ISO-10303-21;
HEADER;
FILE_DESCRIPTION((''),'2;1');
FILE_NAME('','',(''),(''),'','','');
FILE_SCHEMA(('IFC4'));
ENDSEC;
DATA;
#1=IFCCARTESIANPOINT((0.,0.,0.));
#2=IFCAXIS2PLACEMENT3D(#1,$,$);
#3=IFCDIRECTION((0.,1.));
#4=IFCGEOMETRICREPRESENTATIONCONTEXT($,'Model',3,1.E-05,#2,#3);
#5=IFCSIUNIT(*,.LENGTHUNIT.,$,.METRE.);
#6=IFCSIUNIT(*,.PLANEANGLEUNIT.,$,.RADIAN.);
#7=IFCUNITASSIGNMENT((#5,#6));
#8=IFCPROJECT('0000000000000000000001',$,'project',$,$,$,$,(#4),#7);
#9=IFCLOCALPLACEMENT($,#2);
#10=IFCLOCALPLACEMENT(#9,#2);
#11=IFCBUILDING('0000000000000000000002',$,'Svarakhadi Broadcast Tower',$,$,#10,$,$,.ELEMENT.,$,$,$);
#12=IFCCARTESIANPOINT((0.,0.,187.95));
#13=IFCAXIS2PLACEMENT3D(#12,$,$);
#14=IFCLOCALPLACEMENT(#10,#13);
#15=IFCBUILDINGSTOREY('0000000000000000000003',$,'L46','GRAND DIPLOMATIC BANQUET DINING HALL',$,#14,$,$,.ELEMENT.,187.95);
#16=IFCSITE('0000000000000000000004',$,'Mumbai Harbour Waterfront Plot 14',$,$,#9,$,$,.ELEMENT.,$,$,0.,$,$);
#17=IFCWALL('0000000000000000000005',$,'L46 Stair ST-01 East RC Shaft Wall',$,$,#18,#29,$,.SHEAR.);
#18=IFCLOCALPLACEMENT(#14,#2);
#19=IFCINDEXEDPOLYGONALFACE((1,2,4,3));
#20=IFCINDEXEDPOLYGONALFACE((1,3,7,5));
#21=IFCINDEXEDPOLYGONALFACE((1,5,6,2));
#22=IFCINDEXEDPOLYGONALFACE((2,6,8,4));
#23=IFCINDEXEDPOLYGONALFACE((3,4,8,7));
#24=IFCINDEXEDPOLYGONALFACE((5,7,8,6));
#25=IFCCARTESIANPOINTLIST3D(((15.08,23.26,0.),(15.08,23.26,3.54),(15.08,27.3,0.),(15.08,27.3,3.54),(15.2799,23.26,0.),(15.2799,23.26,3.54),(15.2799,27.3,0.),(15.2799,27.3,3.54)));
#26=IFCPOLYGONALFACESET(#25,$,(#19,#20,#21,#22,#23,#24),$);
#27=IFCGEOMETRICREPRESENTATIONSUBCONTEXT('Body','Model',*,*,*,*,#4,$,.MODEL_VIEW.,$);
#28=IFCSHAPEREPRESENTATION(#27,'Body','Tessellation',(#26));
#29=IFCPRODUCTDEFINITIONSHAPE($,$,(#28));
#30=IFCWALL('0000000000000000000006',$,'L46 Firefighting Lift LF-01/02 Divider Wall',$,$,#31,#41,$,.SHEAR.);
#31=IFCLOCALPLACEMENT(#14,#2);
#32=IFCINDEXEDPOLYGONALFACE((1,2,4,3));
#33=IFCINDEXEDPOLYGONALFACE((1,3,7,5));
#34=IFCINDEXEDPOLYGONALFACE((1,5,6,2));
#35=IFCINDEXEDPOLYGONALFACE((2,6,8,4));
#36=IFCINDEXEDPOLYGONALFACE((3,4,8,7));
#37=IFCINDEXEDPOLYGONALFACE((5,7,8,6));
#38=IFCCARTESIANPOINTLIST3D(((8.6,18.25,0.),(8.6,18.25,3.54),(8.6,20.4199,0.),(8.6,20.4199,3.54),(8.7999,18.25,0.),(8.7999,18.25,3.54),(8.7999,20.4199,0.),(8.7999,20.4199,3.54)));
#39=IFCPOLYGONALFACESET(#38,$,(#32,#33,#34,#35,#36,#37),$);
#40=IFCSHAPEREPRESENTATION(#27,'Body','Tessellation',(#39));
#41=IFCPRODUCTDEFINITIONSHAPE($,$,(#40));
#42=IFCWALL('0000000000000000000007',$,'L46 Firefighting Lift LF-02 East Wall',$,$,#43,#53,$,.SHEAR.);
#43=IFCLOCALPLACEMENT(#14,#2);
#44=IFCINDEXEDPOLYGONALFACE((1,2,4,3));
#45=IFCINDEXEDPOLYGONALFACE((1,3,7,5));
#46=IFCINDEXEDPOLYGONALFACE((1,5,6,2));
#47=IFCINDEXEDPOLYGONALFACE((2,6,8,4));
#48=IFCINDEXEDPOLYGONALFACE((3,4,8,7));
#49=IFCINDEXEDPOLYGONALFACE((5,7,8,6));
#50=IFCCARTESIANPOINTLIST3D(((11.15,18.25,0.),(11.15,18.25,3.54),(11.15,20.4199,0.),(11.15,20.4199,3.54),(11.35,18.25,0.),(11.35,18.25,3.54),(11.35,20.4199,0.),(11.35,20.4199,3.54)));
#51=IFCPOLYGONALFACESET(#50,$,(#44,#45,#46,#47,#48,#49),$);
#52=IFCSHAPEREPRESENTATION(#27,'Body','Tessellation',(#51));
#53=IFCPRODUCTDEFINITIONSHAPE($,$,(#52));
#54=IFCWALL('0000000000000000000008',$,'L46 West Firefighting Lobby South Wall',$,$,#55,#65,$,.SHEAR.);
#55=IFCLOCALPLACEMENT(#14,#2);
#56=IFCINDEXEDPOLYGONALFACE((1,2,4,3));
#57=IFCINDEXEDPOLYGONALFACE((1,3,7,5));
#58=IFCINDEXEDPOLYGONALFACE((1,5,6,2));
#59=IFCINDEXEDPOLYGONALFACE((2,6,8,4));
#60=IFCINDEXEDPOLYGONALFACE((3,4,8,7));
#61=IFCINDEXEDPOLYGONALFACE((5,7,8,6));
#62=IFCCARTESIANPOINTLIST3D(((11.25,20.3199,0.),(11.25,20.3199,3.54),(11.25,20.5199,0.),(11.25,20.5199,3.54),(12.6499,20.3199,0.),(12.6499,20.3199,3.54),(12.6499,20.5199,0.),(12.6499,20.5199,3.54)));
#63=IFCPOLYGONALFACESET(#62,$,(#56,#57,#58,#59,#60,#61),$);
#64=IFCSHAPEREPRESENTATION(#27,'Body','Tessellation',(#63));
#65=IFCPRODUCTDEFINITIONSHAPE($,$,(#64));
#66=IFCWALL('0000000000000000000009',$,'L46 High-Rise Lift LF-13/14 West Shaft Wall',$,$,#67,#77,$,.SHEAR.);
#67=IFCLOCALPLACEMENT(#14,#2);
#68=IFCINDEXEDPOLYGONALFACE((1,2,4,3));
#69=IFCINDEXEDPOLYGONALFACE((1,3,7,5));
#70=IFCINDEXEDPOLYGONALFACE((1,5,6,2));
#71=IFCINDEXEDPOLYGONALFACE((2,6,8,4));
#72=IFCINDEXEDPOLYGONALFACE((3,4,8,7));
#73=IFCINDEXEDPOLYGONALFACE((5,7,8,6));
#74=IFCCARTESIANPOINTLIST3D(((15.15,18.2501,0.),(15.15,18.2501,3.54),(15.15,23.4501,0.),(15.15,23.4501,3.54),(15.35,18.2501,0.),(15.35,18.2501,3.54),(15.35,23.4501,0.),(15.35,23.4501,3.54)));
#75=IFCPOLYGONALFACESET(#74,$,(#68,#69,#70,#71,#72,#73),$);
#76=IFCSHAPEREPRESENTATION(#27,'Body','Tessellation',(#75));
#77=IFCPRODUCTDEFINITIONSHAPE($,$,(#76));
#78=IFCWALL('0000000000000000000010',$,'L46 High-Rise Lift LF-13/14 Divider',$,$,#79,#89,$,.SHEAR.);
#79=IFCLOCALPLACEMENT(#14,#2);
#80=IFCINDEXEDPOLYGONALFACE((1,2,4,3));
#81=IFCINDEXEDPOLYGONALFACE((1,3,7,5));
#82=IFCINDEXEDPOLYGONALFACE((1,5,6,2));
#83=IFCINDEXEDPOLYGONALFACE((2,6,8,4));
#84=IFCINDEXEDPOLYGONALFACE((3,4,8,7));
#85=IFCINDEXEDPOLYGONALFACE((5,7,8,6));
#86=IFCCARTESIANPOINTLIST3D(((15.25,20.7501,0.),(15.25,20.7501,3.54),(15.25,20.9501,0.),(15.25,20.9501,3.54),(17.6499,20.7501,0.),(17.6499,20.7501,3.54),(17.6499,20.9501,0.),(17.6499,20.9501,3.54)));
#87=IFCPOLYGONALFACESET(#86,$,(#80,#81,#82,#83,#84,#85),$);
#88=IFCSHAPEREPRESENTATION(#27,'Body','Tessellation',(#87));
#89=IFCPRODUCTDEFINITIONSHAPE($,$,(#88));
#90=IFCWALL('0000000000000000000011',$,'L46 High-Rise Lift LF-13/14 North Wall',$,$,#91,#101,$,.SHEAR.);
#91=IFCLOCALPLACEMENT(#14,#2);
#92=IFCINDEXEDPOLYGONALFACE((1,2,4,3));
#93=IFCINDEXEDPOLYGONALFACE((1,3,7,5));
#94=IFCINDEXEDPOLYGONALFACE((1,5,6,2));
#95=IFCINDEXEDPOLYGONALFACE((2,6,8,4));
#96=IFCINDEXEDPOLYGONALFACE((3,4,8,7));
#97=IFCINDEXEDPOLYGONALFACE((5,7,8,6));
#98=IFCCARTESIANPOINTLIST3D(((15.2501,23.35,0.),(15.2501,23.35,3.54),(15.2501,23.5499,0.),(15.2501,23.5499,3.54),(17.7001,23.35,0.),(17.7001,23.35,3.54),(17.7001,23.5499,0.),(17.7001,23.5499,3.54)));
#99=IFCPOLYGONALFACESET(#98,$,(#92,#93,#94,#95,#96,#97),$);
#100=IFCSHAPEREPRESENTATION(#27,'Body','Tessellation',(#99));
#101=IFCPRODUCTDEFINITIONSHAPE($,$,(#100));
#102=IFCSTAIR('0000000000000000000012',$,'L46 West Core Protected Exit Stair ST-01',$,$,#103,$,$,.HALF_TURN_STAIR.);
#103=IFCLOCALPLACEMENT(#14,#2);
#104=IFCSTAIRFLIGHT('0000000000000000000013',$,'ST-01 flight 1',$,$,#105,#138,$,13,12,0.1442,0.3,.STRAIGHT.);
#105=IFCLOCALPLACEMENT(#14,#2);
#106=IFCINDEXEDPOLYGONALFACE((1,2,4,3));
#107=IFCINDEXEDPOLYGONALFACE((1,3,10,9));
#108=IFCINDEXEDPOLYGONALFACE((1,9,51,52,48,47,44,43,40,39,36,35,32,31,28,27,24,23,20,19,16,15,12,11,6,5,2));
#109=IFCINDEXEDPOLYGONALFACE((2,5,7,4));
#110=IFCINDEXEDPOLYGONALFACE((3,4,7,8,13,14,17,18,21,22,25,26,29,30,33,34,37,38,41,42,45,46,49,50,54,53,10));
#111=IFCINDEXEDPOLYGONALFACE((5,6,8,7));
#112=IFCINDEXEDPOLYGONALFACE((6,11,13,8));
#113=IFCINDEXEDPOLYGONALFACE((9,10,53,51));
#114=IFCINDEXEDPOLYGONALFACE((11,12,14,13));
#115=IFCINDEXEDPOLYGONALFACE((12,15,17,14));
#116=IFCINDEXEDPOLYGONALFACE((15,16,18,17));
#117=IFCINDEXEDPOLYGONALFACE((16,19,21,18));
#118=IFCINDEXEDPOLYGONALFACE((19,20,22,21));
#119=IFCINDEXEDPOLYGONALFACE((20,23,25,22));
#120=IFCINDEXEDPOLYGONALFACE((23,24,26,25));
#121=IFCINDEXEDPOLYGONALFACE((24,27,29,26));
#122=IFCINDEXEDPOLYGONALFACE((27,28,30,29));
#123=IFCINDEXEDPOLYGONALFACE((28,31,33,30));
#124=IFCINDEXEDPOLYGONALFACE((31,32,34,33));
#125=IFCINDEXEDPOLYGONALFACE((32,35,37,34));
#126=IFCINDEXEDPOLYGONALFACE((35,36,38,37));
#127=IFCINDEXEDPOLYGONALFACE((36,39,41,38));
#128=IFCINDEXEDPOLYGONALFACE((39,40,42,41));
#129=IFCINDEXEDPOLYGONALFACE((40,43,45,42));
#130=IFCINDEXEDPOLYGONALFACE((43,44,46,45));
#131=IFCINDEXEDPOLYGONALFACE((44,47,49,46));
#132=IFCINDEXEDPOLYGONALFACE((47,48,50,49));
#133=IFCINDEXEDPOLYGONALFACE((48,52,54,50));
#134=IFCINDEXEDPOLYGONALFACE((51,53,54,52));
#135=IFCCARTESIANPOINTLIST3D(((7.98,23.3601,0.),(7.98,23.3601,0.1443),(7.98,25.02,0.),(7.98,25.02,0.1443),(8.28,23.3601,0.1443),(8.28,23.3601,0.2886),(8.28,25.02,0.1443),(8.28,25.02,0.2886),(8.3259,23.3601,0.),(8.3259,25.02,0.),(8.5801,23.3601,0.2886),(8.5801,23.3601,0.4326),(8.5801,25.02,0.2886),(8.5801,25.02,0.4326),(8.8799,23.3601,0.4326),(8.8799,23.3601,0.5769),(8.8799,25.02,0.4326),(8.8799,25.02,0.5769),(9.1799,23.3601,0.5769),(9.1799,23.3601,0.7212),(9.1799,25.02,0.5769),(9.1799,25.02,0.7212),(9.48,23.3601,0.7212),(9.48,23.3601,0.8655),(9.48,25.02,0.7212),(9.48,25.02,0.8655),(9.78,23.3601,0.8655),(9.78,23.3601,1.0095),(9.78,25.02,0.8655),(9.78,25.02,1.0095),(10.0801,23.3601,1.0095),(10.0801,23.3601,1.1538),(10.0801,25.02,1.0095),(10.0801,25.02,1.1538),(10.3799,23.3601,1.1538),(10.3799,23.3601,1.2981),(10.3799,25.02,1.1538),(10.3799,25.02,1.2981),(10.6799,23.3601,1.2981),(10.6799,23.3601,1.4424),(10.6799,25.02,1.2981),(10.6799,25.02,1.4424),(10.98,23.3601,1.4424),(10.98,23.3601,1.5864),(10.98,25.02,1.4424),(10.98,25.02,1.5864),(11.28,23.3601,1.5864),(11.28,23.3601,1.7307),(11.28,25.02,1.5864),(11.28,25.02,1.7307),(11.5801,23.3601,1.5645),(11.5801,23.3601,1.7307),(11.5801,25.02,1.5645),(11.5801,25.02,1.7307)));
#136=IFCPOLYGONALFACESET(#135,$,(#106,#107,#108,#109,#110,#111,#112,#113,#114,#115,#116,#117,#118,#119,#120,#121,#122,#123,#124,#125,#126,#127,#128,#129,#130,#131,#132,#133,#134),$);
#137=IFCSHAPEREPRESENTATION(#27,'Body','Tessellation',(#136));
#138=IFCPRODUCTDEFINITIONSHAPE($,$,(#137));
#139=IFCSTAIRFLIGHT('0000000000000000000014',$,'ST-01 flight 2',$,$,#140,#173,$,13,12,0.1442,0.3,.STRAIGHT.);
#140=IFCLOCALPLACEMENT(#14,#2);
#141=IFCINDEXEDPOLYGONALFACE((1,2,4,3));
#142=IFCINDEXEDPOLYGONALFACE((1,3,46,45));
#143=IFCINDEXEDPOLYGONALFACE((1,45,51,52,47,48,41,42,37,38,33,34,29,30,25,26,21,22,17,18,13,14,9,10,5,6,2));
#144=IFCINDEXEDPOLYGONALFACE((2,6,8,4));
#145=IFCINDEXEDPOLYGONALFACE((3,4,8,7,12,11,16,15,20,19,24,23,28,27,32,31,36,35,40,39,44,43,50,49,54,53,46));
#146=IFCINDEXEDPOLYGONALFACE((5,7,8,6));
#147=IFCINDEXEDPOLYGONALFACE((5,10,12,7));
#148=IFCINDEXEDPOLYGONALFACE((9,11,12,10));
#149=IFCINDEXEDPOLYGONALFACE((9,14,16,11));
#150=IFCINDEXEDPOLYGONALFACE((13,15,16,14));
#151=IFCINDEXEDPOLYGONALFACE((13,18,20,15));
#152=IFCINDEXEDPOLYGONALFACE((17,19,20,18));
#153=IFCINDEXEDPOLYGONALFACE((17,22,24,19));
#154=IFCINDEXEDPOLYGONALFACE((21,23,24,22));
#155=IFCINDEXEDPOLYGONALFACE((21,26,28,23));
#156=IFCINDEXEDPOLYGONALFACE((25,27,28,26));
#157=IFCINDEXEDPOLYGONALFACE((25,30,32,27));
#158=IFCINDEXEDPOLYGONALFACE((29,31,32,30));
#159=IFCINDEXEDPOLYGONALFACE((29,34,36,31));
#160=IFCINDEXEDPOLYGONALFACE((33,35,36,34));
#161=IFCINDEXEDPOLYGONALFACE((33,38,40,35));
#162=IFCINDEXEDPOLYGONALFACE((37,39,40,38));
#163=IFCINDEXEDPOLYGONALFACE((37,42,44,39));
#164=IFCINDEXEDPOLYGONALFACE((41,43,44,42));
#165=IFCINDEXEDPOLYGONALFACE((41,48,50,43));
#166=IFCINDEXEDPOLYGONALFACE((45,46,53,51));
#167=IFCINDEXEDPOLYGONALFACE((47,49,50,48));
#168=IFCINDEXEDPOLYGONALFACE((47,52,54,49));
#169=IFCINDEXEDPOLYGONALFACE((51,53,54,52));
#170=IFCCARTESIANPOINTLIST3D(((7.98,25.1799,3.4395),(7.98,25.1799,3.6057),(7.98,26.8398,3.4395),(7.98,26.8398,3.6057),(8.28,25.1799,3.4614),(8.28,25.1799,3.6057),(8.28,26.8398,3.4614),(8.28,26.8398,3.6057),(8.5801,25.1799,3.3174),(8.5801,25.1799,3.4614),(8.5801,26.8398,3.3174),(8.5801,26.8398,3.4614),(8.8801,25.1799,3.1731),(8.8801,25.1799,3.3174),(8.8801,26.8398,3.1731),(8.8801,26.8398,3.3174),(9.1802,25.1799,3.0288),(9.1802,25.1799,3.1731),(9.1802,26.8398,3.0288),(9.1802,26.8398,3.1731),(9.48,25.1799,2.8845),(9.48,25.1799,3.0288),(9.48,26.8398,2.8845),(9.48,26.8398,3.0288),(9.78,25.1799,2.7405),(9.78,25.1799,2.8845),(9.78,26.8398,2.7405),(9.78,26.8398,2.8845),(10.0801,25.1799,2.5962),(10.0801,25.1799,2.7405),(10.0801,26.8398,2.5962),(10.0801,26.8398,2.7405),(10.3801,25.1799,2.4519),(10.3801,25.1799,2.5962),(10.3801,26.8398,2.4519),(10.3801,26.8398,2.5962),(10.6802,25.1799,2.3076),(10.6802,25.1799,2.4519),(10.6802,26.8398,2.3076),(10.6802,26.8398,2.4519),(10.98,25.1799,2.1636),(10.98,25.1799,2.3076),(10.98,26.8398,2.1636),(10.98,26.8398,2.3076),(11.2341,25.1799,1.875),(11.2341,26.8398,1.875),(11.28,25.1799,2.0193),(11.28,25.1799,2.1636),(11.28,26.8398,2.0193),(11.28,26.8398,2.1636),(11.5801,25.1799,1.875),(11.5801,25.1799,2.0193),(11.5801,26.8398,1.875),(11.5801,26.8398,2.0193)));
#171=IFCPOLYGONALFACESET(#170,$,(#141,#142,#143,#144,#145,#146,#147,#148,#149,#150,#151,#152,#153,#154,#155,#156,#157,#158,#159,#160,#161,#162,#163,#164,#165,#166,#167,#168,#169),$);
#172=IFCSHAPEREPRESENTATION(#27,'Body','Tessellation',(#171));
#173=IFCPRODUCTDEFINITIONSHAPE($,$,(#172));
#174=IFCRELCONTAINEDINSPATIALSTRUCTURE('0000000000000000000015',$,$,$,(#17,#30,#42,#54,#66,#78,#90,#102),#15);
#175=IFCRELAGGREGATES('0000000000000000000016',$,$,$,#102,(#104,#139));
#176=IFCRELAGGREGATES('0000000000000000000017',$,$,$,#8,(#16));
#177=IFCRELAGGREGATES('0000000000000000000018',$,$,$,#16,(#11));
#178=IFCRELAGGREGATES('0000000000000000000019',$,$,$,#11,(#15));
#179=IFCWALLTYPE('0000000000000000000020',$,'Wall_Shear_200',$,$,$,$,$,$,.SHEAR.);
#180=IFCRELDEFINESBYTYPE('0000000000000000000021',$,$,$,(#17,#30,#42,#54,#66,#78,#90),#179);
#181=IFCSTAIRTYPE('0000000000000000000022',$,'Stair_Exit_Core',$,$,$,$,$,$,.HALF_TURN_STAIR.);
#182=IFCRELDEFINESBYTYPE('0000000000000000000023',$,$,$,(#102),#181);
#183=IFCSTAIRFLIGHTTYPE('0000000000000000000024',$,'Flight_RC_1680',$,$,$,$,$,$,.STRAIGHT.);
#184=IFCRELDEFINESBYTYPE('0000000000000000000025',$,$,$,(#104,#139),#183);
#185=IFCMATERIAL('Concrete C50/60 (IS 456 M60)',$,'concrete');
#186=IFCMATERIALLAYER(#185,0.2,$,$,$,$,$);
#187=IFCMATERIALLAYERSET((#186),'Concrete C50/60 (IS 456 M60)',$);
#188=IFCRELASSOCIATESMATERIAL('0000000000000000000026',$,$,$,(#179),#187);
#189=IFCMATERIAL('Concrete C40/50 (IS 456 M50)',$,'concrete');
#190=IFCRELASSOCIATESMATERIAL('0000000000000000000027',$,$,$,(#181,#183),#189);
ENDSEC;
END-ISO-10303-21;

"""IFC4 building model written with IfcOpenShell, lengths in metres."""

from ifc_helpers import new_model, si_unit, direction, frame, frame_2d, origin, place, context, subcontext, project, spatial, polyline, rectangle, outline, extrude, material, layer, layer_set, type_object, element, aggregate, save


model = new_model("IFC4")

# Units and contexts
model_context = context("Model", 3, precision=1e-05, world=origin(), true_north=direction((0.0, 1.0)))
body_context = subcontext(model_context, "Body", "Model", "MODEL_VIEW")
ifc_project = project(units=[si_unit("LENGTHUNIT", "METRE"), si_unit("PLANEANGLEUNIT", "RADIAN")], contexts=[model_context])

# Site, building, storey
site_placement = place(None, origin())
site = spatial("IfcSite", under=ifc_project, at=site_placement, Name="Mumbai Harbour Waterfront Plot 14", CompositionType="ELEMENT", RefElevation=0.0)
building_placement = place(site_placement, origin())
building = spatial("IfcBuilding", under=site, at=building_placement, Name="Svarakhadi Broadcast Tower", CompositionType="ELEMENT")
storey_placement = place(building_placement, frame((0.0, 0.0, 187.95)))
storey = spatial("IfcBuildingStorey", under=building, at=storey_placement, Name="L46", Description="GRAND DIPLOMATIC BANQUET DINING HALL", CompositionType="ELEMENT", Elevation=187.95)

# Shared definitions
ifc_material_1 = material(Name="Concrete C50/60 (IS 456 M60)", Category="concrete")

# Shared definitions
ifc_material_2 = material(Name="Concrete C40/50 (IS 456 M50)", Category="concrete")

# Walls
ifc_layer_1 = layer(ifc_material_1, 0.2)
ifc_layer_set_1 = layer_set([ifc_layer_1], Name="Concrete C50/60 (IS 456 M60)")
wall_type_1 = type_object("IfcWallType", Name="Wall_Shear_200", PredefinedType="SHEAR", material=ifc_layer_set_1)
wall_1_placement = place(storey_placement, frame((15.1799, 23.26, 0.0), z_axis=(0.0, 0.0, 1.0), x_axis=(0.0, 1.0, 0.0)))
element("IfcWall", 1, at=wall_1_placement, inside=storey, type_object=wall_type_1, Name="L46 Stair ST-01 East RC Shaft Wall", PredefinedType="SHEAR", context=body_context, shape_type="SweptSolid", body=[
    extrude(rectangle(XDim=4.04, YDim=0.2, at=frame_2d((2.02, 0.0))), origin(), (0.0, 0.0, 1.0), 3.54),
])
for number, where, z_axis, x_axis, name in (
    (2, (8.7, 18.25, 0.0), (0.0, 0.0, 1.0), (0.0, 1.0, 0.0), "L46 Firefighting Lift LF-01/02 Divider Wall"),
    (3, (11.25, 18.25, 0.0), (0.0, 0.0, 1.0), (0.0, 1.0, 0.0), "L46 Firefighting Lift LF-02 East Wall"),
):
    element("IfcWall", number, at=place(storey_placement, frame(where, z_axis=z_axis, x_axis=x_axis)), inside=storey, type_object=wall_type_1, Name=name, PredefinedType="SHEAR", context=body_context, shape_type="SweptSolid", body=[
        extrude(rectangle(XDim=2.1699, YDim=0.2, at=frame_2d((1.085, 0.0))), origin(), (0.0, 0.0, 1.0), 3.54),
    ])
wall_2_placement = place(storey_placement, frame((11.25, 20.4199, 0.0), z_axis=(0.0, 0.0, 1.0), x_axis=(1.0, 0.0, 0.0)))
element("IfcWall", 4, at=wall_2_placement, inside=storey, type_object=wall_type_1, Name="L46 West Firefighting Lobby South Wall", PredefinedType="SHEAR", context=body_context, shape_type="SweptSolid", body=[
    extrude(rectangle(XDim=1.3999, YDim=0.2, at=frame_2d((0.7, 0.0))), origin(), (0.0, 0.0, 1.0), 3.54),
])

# Walls
wall_3_placement = place(storey_placement, frame((15.25, 18.25, 0.0), z_axis=(0.0, 0.0, 1.0), x_axis=(0.0, 1.0, 0.0)))
element("IfcWall", 5, at=wall_3_placement, inside=storey, type_object=wall_type_1, Name="L46 High-Rise Lift LF-13/14 West Shaft Wall", PredefinedType="SHEAR", context=body_context, shape_type="SweptSolid", body=[
    extrude(rectangle(XDim=5.2, YDim=0.2, at=frame_2d((2.6001, 0.0))), origin(), (0.0, 0.0, 1.0), 3.54),
])
wall_4_placement = place(storey_placement, frame((15.25, 20.8501, 0.0), z_axis=(0.0, 0.0, 1.0), x_axis=(1.0, 0.0, 0.0)))
element("IfcWall", 6, at=wall_4_placement, inside=storey, type_object=wall_type_1, Name="L46 High-Rise Lift LF-13/14 Divider", PredefinedType="SHEAR", context=body_context, shape_type="SweptSolid", body=[
    extrude(rectangle(XDim=2.3999, YDim=0.2, at=frame_2d((1.2, 0.0))), origin(), (0.0, 0.0, 1.0), 3.54),
])
wall_5_placement = place(storey_placement, frame((15.25, 23.45, 0.0), z_axis=(0.0, 0.0, 1.0), x_axis=(1.0, 0.0, 0.0)))
element("IfcWall", 7, at=wall_5_placement, inside=storey, type_object=wall_type_1, Name="L46 High-Rise Lift LF-13/14 North Wall", PredefinedType="SHEAR", context=body_context, shape_type="SweptSolid", body=[
    extrude(rectangle(XDim=2.45, YDim=0.2, at=frame_2d((1.2251, 0.0))), origin(), (0.0, 0.0, 1.0), 3.54),
])

# Stair, stair flights
stair_type = type_object("IfcStairType", Name="Stair_Exit_Core", PredefinedType="HALF_TURN_STAIR", material=ifc_material_2)
stair_placement = place(storey_placement, origin())
stair = element("IfcStair", 8, at=stair_placement, inside=storey, type_object=stair_type, Name="L46 West Core Protected Exit Stair ST-01", PredefinedType="HALF_TURN_STAIR")
stair_flight_type = type_object("IfcStairFlightType", Name="Flight_RC_1680", PredefinedType="STRAIGHT", material=ifc_material_2)
stair_flight_1_placement = place(storey_placement, frame((7.98, 24.1899, 0.0), z_axis=(0.0, 0.0, 1.0), x_axis=(1.0, 0.0, 0.0)))
stair_flight_1 = element("IfcStairFlight", 9, at=stair_flight_1_placement, type_object=stair_flight_type, Name="ST-01 flight 1", NumberOfRisers=13, NumberOfTreads=12, PredefinedType="STRAIGHT", RiserHeight=0.1442, TreadLength=0.3, context=body_context, shape_type="SweptSolid", body=[
    extrude(outline(polyline([(0.0, 0.0), (0.0, 0.1443), (0.3, 0.1443), (0.3, 0.2886), (0.6001, 0.2886), (0.6001, 0.4326), (0.8999, 0.4326), (0.8999, 0.5769), (1.2, 0.5769), (1.2, 0.7212), (1.5, 0.7212), (1.5, 0.8655), (1.8, 0.8655), (1.8, 1.0095), (2.1001, 1.0095), (2.1001, 1.1538), (2.3999, 1.1538), (2.3999, 1.2981), (2.7, 1.2981), (2.7, 1.4424), (3.0, 1.4424), (3.0, 1.5864), (3.3, 1.5864), (3.3, 1.7307), (3.6001, 1.7307), (3.6001, 1.875), (3.6001, 1.5645), (0.3459, 0.0), (0.0, 0.0)])), frame((0.0, 0.8301, 0.0), z_axis=(0.0, -1.0, 0.0), x_axis=(1.0, 0.0, 0.0)), (0.0, 0.0, 1.0), 1.6599),
])
stair_flight_2_placement = place(storey_placement, frame((11.5801, 26.01, 1.875), z_axis=(0.0, 0.0, 1.0), x_axis=(-1.0, 0.0, 0.0)))
stair_flight_2 = element("IfcStairFlight", 10, at=stair_flight_2_placement, type_object=stair_flight_type, Name="ST-01 flight 2", NumberOfRisers=13, NumberOfTreads=12, PredefinedType="STRAIGHT", RiserHeight=0.1442, TreadLength=0.3, context=body_context, shape_type="SweptSolid", body=[
    extrude(outline(polyline([(0.0, 0.0), (0.0, 0.1443), (0.3, 0.1443), (0.3, 0.2886), (0.6001, 0.2886), (0.6001, 0.4326), (0.8999, 0.4326), (0.8999, 0.5769), (1.2, 0.5769), (1.2, 0.7212), (1.5, 0.7212), (1.5, 0.8655), (1.8, 0.8655), (1.8, 1.0095), (2.1001, 1.0095), (2.1001, 1.1538), (2.3999, 1.1538), (2.3999, 1.2981), (2.7, 1.2981), (2.7, 1.4424), (3.0, 1.4424), (3.0, 1.5864), (3.3, 1.5864), (3.3, 1.7307), (3.6001, 1.7307), (3.6001, 1.875), (3.6001, 1.5645), (0.3459, 0.0), (0.0, 0.0)])), frame((0.0, 0.8301, 0.0), z_axis=(0.0, -1.0, 0.0), x_axis=(1.0, 0.0, 0.0)), (0.0, 0.0, 1.0), 1.6599),
])
aggregate(stair, [stair_flight_1, stair_flight_2])

save(model, "model.ifc")
